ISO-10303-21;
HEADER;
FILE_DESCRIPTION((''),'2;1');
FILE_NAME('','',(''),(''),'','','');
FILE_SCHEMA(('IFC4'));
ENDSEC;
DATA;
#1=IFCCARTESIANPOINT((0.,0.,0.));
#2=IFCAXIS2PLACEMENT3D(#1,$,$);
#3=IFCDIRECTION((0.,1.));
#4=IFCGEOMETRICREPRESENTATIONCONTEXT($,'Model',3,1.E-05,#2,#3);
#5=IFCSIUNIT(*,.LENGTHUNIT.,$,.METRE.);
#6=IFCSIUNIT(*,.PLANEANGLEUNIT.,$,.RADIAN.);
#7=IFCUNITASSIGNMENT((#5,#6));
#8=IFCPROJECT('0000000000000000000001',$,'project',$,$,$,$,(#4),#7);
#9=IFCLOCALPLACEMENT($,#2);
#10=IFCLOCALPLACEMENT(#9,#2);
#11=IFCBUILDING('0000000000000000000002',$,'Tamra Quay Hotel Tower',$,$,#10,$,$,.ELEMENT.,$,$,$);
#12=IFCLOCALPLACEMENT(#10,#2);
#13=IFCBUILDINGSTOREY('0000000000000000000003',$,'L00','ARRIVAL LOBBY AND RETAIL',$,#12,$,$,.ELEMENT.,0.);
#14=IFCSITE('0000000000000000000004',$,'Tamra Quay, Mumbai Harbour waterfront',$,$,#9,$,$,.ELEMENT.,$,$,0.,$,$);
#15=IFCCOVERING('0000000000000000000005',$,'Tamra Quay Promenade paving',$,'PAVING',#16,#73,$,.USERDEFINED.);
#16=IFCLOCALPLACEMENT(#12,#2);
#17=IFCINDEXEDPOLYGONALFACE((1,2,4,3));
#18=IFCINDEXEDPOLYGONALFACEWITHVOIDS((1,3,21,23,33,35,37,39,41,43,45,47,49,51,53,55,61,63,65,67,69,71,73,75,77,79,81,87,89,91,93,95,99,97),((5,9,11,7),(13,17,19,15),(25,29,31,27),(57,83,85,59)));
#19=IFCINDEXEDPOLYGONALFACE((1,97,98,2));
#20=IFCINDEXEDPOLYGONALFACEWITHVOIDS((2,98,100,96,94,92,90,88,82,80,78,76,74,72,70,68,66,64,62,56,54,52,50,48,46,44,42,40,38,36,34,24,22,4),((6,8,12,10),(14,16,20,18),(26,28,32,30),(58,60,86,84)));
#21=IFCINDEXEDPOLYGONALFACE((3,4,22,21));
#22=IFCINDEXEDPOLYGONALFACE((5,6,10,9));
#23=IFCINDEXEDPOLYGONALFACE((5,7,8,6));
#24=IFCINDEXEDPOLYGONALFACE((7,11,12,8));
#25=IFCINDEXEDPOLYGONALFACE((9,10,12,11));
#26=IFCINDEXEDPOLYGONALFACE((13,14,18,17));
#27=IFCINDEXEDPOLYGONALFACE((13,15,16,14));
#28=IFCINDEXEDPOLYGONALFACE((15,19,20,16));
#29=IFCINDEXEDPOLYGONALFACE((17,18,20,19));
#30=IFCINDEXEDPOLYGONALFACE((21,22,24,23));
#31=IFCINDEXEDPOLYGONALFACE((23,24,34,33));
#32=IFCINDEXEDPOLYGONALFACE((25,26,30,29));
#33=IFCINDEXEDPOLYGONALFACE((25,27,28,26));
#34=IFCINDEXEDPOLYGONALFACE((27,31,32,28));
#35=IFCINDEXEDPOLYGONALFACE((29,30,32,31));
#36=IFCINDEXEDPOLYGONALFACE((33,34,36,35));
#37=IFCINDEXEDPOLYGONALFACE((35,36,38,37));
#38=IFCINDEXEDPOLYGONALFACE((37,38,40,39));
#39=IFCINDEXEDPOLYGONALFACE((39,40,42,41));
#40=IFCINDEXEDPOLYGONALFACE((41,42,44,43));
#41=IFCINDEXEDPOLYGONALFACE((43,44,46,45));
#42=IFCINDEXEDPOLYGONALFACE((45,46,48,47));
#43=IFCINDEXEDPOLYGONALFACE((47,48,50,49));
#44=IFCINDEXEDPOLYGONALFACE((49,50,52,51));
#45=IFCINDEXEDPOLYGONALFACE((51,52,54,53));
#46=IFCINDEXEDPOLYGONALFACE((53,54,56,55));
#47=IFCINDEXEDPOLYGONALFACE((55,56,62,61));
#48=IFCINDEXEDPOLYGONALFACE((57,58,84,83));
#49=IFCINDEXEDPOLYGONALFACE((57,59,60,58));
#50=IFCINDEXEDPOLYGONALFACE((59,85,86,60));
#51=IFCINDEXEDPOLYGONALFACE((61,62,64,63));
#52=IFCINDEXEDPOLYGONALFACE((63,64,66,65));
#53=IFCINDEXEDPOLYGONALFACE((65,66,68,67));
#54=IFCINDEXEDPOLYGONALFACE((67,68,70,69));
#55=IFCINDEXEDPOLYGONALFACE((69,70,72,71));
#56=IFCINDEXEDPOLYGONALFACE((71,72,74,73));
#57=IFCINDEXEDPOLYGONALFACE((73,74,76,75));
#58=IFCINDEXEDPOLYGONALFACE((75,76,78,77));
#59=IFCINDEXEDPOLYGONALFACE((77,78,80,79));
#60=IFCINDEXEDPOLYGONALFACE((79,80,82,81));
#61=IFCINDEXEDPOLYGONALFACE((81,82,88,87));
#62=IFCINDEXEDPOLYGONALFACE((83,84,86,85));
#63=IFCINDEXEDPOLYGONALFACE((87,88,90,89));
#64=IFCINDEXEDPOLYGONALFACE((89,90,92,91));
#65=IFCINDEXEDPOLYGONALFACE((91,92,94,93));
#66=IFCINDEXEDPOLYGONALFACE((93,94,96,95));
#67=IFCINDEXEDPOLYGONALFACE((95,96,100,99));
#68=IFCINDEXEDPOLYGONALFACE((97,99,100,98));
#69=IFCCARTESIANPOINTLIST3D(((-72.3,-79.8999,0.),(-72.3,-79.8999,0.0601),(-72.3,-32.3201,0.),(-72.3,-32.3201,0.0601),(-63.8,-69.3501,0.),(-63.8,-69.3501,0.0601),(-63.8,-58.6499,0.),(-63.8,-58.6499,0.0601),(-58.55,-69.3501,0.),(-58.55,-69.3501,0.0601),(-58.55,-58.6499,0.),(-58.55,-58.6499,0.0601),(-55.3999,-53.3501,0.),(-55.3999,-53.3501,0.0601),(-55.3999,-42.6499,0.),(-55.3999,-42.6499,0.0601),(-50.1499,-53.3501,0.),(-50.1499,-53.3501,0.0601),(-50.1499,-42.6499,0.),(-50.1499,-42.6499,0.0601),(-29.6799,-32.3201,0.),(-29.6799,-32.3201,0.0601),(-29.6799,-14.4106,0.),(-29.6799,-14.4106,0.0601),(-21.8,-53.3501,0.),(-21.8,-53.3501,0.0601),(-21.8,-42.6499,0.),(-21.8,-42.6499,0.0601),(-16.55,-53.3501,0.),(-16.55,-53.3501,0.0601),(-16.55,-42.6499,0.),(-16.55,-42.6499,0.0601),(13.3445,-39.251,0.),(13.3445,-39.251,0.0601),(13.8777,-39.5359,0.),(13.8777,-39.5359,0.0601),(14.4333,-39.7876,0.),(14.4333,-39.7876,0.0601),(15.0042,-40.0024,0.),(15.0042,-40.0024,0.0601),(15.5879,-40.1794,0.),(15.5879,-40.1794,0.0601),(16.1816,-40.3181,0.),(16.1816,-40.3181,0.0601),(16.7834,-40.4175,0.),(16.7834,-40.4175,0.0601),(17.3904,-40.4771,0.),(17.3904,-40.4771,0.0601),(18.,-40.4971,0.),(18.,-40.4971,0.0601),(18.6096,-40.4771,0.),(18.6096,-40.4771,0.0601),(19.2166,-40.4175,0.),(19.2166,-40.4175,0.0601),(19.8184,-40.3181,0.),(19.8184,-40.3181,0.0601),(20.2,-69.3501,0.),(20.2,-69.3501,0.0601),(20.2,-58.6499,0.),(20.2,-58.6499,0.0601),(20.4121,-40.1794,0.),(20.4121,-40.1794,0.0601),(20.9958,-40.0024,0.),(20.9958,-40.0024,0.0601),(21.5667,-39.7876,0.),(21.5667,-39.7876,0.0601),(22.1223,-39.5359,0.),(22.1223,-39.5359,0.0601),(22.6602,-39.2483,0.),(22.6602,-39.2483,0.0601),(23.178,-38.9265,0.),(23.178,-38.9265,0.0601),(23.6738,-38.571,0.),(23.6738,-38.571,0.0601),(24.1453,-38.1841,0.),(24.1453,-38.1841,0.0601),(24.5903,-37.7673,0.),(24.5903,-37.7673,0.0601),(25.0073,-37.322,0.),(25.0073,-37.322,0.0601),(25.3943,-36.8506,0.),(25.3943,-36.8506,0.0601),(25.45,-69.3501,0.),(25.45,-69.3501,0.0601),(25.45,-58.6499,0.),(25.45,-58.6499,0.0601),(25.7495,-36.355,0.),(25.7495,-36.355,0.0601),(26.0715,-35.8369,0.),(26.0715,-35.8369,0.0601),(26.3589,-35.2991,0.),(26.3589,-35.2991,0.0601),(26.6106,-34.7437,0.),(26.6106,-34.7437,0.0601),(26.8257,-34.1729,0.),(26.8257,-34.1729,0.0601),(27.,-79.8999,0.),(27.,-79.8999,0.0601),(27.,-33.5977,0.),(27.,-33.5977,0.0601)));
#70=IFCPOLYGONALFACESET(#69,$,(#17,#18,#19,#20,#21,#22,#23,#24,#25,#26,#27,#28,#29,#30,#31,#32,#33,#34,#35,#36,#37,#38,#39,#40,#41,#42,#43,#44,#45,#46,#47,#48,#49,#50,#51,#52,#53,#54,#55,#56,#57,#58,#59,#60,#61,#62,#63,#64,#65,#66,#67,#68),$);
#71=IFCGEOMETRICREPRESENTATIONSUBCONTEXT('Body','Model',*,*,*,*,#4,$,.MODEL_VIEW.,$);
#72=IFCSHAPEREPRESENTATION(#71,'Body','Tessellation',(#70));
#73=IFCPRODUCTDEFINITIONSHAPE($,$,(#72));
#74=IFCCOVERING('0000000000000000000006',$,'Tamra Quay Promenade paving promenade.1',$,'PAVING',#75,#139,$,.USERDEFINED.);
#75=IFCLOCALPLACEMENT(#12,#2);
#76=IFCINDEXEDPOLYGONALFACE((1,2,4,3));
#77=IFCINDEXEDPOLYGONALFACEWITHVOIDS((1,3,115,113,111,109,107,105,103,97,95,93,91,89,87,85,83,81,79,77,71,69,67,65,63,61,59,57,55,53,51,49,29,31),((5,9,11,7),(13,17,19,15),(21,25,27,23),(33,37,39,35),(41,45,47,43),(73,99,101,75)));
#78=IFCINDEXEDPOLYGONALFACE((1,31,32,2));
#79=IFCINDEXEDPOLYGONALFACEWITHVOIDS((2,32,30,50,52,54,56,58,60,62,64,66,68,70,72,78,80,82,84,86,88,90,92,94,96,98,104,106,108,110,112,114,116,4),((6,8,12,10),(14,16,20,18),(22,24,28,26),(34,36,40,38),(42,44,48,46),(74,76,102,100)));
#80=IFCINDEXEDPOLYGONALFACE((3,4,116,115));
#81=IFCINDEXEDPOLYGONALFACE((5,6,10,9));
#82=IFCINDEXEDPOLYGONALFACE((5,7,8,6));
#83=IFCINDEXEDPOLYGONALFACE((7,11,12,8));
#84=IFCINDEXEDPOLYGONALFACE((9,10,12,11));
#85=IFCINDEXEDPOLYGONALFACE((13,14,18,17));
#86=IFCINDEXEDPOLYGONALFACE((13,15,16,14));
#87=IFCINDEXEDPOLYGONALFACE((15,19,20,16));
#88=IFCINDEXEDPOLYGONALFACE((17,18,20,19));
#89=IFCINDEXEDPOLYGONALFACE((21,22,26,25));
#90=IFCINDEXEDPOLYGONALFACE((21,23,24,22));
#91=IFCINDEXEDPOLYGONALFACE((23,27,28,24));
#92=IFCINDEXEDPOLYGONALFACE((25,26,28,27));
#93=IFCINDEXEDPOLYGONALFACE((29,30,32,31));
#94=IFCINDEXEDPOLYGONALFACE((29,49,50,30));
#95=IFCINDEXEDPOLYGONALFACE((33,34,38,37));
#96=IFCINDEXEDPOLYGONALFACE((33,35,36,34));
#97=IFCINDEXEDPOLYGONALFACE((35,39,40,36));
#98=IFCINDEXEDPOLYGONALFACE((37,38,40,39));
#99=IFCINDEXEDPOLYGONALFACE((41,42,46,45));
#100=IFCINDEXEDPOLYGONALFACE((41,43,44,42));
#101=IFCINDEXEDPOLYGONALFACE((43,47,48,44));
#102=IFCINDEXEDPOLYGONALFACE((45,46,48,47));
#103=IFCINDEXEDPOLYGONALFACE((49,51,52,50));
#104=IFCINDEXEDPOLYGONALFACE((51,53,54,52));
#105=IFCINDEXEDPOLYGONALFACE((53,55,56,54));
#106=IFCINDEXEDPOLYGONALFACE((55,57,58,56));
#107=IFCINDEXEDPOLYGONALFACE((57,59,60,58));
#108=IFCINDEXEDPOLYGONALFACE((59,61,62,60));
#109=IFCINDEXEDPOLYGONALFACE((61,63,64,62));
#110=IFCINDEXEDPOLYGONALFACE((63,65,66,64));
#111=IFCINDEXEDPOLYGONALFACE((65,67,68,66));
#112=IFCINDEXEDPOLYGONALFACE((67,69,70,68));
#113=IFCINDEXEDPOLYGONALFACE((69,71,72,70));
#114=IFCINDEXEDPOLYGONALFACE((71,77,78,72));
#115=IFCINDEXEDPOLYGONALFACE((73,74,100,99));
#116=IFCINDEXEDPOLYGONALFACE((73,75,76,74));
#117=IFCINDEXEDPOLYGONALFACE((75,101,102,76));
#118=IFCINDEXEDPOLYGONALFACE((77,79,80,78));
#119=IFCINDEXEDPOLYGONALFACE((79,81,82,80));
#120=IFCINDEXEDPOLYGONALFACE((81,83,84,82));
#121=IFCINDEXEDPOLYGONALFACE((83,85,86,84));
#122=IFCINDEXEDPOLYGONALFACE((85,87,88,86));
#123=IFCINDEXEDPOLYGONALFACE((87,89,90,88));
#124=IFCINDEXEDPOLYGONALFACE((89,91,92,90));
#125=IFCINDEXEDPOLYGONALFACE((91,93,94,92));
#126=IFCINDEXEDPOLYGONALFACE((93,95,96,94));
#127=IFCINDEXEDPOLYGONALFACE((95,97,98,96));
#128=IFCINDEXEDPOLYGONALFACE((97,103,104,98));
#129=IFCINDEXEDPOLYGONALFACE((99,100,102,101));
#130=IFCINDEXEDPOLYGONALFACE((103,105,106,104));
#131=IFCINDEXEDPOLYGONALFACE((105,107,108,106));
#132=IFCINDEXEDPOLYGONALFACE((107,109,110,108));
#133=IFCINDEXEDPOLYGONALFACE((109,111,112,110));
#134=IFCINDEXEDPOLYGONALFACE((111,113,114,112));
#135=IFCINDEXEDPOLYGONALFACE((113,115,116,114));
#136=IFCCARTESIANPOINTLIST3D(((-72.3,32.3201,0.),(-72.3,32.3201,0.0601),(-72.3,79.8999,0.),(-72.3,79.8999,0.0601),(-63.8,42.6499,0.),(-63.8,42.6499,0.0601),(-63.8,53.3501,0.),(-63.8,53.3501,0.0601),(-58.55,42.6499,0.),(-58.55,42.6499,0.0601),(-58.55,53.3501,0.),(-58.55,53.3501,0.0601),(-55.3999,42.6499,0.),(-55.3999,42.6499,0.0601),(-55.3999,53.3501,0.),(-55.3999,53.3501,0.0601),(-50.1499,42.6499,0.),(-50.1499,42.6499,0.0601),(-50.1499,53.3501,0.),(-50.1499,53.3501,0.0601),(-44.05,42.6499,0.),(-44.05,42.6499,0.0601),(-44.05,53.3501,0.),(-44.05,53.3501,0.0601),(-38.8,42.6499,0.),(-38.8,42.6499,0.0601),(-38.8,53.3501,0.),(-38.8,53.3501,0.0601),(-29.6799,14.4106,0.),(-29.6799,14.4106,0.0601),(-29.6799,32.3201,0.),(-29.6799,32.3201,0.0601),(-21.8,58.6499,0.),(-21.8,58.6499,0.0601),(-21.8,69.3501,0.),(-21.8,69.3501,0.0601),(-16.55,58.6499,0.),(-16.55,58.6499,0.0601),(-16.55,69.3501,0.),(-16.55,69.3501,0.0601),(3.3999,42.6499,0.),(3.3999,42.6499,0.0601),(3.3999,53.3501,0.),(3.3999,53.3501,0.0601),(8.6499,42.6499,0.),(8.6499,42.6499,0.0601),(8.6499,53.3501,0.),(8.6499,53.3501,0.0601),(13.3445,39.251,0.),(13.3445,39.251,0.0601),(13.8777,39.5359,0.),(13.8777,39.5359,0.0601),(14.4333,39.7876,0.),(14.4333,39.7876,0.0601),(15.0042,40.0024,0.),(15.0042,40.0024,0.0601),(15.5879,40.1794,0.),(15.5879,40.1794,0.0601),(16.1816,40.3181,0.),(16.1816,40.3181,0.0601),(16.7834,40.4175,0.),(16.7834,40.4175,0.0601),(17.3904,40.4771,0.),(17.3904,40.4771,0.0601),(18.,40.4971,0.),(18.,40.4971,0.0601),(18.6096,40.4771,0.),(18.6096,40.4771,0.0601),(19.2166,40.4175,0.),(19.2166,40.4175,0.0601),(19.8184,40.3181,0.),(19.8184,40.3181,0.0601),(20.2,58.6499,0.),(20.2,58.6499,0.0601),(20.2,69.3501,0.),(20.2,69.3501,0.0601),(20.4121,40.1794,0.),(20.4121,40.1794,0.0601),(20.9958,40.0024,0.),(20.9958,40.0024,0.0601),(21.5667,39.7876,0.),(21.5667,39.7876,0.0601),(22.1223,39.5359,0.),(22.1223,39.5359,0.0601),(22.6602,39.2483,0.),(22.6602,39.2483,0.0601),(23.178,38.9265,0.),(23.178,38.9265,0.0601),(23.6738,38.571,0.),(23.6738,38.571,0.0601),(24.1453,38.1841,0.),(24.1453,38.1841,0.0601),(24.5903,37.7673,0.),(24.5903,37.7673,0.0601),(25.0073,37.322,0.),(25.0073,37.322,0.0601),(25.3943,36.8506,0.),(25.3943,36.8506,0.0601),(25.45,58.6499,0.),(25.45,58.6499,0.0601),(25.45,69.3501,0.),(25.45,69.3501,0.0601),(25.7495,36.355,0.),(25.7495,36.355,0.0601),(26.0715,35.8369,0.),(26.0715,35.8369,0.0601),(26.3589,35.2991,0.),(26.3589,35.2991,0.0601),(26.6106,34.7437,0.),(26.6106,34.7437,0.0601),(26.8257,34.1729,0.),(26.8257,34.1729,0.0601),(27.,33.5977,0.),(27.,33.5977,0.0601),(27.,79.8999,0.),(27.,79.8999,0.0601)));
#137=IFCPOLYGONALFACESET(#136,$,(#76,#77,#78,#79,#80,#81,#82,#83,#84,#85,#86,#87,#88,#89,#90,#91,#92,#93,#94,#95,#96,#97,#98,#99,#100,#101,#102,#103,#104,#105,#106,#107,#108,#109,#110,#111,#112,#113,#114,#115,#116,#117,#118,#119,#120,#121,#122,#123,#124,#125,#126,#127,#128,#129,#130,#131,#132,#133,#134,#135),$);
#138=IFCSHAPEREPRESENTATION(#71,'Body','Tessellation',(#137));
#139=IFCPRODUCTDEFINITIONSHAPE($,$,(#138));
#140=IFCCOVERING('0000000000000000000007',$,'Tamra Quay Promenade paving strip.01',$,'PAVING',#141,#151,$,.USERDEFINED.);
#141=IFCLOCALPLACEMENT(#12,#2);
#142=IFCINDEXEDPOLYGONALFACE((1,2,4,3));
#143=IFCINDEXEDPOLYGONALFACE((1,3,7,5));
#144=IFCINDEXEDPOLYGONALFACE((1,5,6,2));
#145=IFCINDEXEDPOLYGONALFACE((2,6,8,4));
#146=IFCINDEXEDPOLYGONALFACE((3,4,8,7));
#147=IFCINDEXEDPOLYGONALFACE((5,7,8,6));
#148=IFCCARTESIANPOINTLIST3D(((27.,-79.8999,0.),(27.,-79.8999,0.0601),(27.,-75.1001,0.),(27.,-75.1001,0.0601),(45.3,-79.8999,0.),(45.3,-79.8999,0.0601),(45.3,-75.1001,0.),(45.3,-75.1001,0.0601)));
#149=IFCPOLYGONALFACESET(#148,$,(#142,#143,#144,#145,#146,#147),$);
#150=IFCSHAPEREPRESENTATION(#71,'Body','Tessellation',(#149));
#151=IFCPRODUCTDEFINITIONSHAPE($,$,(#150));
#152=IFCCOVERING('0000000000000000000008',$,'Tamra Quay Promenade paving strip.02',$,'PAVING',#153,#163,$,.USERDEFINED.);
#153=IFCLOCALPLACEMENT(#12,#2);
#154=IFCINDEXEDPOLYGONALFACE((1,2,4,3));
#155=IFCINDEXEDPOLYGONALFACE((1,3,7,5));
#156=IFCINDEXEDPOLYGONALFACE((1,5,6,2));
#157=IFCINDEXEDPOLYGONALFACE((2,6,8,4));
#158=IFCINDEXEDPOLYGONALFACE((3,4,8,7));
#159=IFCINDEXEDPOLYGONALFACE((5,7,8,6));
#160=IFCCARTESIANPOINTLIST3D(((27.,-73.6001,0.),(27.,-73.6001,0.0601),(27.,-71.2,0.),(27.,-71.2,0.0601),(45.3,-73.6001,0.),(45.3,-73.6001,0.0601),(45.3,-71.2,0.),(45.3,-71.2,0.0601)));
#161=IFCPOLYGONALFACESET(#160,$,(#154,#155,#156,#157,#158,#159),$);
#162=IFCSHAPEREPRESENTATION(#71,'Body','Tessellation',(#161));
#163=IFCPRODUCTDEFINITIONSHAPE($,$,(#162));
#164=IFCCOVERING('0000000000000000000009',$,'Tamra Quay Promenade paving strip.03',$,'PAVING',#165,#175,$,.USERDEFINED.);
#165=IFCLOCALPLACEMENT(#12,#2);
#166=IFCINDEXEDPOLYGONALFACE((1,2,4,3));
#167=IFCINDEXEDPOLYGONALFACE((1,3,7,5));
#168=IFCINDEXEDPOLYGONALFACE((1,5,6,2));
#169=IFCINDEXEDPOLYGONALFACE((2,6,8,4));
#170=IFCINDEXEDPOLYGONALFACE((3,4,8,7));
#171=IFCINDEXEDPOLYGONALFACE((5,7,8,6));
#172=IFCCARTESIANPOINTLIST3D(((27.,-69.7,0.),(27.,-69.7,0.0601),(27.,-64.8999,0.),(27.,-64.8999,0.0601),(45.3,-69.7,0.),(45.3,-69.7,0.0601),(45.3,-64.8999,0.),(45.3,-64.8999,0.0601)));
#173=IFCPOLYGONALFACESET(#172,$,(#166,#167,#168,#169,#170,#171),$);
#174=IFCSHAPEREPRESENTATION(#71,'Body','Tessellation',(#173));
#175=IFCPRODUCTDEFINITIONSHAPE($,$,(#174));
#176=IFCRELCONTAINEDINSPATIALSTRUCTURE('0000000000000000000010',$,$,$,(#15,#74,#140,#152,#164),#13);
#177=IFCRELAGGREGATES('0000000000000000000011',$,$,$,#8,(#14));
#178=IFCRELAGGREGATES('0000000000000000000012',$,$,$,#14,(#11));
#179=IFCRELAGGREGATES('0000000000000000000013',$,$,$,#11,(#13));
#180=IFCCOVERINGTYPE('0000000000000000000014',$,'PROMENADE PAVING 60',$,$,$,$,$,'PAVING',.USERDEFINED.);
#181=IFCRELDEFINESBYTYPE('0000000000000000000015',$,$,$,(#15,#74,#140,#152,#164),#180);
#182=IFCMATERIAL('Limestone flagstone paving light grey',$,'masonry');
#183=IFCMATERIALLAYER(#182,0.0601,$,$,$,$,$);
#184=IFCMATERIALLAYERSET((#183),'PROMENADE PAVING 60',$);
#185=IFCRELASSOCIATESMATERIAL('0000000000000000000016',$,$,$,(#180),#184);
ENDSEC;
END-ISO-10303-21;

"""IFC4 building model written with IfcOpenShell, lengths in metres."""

from ifc_helpers import new_model, si_unit, direction, origin, place, context, subcontext, project, spatial, polyline, outline, extrude, material, layer, layer_set, type_object, element, save


model = new_model("IFC4")

# Units and contexts
model_context = context("Model", 3, precision=1e-05, world=origin(), true_north=direction((0.0, 1.0)))
body_context = subcontext(model_context, "Body", "Model", "MODEL_VIEW")
ifc_project = project(units=[si_unit("LENGTHUNIT", "METRE"), si_unit("PLANEANGLEUNIT", "RADIAN")], contexts=[model_context])

# Site, building, storey
site_placement = place(None, origin())
site = spatial("IfcSite", under=ifc_project, at=site_placement, Name="Tamra Quay, Mumbai Harbour waterfront", CompositionType="ELEMENT", RefElevation=0.0)
building_placement = place(site_placement, origin())
building = spatial("IfcBuilding", under=site, at=building_placement, Name="Tamra Quay Hotel Tower", CompositionType="ELEMENT")
storey_placement = place(building_placement, origin())
storey = spatial("IfcBuildingStorey", under=building, at=storey_placement, Name="L00", Description="ARRIVAL LOBBY AND RETAIL", CompositionType="ELEMENT", Elevation=0.0)

# Coverings
ifc_material_1 = material(Name="Limestone flagstone paving light grey", Category="masonry")
ifc_layer_1 = layer(ifc_material_1, 0.0601)
ifc_layer_set_1 = layer_set([ifc_layer_1], Name="PROMENADE PAVING 60")
covering_type_1 = type_object("IfcCoveringType", Name="PROMENADE PAVING 60", ElementType="PAVING", PredefinedType="USERDEFINED", material=ifc_layer_set_1)
covering_1_placement = place(storey_placement, origin())
element("IfcCovering", 1, at=covering_1_placement, inside=storey, type_object=covering_type_1, Name="Tamra Quay Promenade paving", ObjectType="PAVING", PredefinedType="USERDEFINED", context=body_context, shape_type="SweptSolid", body=[
    extrude(outline(polyline([(-72.3, -79.8999), (27.0, -79.8999), (27.0, -33.5977), (26.8257, -34.1729), (26.6106, -34.7437), (26.3589, -35.2991), (26.0715, -35.8369), (25.7495, -36.355), (25.3943, -36.8506), (25.0073, -37.322), (24.5903, -37.7673), (24.1453, -38.1841), (23.6738, -38.571), (23.178, -38.9265), (22.6602, -39.2483), (22.1223, -39.5359), (21.5667, -39.7876), (20.9958, -40.0024), (20.4121, -40.1794), (19.8184, -40.3181), (19.2166, -40.4175), (18.6096, -40.4771), (18.0, -40.4971), (17.3904, -40.4771), (16.7834, -40.4175), (16.1816, -40.3181), (15.5879, -40.1794), (15.0042, -40.0024), (14.4333, -39.7876), (13.8777, -39.5359), (13.3445, -39.251), (-29.6799, -14.4106), (-29.6799, -32.3201), (-72.3, -32.3201), (-72.3, -79.8999)]), holes=[polyline([(-58.55, -58.6499), (-63.8, -58.6499), (-63.8, -69.3501), (-58.55, -69.3501), (-58.55, -58.6499)]), polyline([(-50.1499, -42.6499), (-55.3999, -42.6499), (-55.3999, -53.3501), (-50.1499, -53.3501), (-50.1499, -42.6499)]), polyline([(-21.8, -42.6499), (-21.8, -53.3501), (-16.55, -53.3501), (-16.55, -42.6499), (-21.8, -42.6499)]), polyline([(25.45, -58.6499), (20.2, -58.6499), (20.2, -69.3501), (25.45, -69.3501), (25.45, -58.6499)])]), origin(), (0.0, 0.0, 1.0), 0.0601),
])
covering_2_placement = place(storey_placement, origin())
element("IfcCovering", 2, at=covering_2_placement, inside=storey, type_object=covering_type_1, Name="Tamra Quay Promenade paving promenade.1", ObjectType="PAVING", PredefinedType="USERDEFINED", context=body_context, shape_type="SweptSolid", body=[
    extrude(outline(polyline([(26.8257, 34.1729), (27.0, 33.5977), (27.0, 79.8999), (-72.3, 79.8999), (-72.3, 32.3201), (-29.6799, 32.3201), (-29.6799, 14.4106), (13.3445, 39.251), (13.8777, 39.5359), (14.4333, 39.7876), (15.0042, 40.0024), (15.5879, 40.1794), (16.1816, 40.3181), (16.7834, 40.4175), (17.3904, 40.4771), (18.0, 40.4971), (18.6096, 40.4771), (19.2166, 40.4175), (19.8184, 40.3181), (20.4121, 40.1794), (20.9958, 40.0024), (21.5667, 39.7876), (22.1223, 39.5359), (22.6602, 39.2483), (23.178, 38.9265), (23.6738, 38.571), (24.1453, 38.1841), (24.5903, 37.7673), (25.0073, 37.322), (25.3943, 36.8506), (25.7495, 36.355), (26.0715, 35.8369), (26.3589, 35.2991), (26.6106, 34.7437), (26.8257, 34.1729)]), holes=[polyline([(-58.55, 53.3501), (-63.8, 53.3501), (-63.8, 42.6499), (-58.55, 42.6499), (-58.55, 53.3501)]), polyline([(-50.1499, 53.3501), (-55.3999, 53.3501), (-55.3999, 42.6499), (-50.1499, 42.6499), (-50.1499, 53.3501)]), polyline([(-38.8, 53.3501), (-44.05, 53.3501), (-44.05, 42.6499), (-38.8, 42.6499), (-38.8, 53.3501)]), polyline([(8.6499, 53.3501), (3.3999, 53.3501), (3.3999, 42.6499), (8.6499, 42.6499), (8.6499, 53.3501)]), polyline([(-21.8, 69.3501), (-21.8, 58.6499), (-16.55, 58.6499), (-16.55, 69.3501), (-21.8, 69.3501)]), polyline([(25.45, 69.3501), (20.2, 69.3501), (20.2, 58.6499), (25.45, 58.6499), (25.45, 69.3501)])]), origin(), (0.0, 0.0, 1.0), 0.0601),
])
covering_3_placement = place(storey_placement, origin())
element("IfcCovering", 3, at=covering_3_placement, inside=storey, type_object=covering_type_1, Name="Tamra Quay Promenade paving strip.01", ObjectType="PAVING", PredefinedType="USERDEFINED", context=body_context, shape_type="SweptSolid", body=[
    extrude(outline(polyline([(27.0, -79.8999), (45.3, -79.8999), (45.3, -75.1001), (27.0, -75.1001), (27.0, -79.8999)])), origin(), (0.0, 0.0, 1.0), 0.0601),
])
covering_4_placement = place(storey_placement, origin())
element("IfcCovering", 4, at=covering_4_placement, inside=storey, type_object=covering_type_1, Name="Tamra Quay Promenade paving strip.02", ObjectType="PAVING", PredefinedType="USERDEFINED", context=body_context, shape_type="SweptSolid", body=[
    extrude(outline(polyline([(27.0, -71.2), (27.0, -73.6001), (45.3, -73.6001), (45.3, -71.2), (27.0, -71.2)])), origin(), (0.0, 0.0, 1.0), 0.0601),
])
covering_5_placement = place(storey_placement, origin())
element("IfcCovering", 5, at=covering_5_placement, inside=storey, type_object=covering_type_1, Name="Tamra Quay Promenade paving strip.03", ObjectType="PAVING", PredefinedType="USERDEFINED", context=body_context, shape_type="SweptSolid", body=[
    extrude(outline(polyline([(27.0, -64.8999), (27.0, -69.7), (45.3, -69.7), (45.3, -64.8999), (27.0, -64.8999)])), origin(), (0.0, 0.0, 1.0), 0.0601),
])

save(model, "model.ifc")
